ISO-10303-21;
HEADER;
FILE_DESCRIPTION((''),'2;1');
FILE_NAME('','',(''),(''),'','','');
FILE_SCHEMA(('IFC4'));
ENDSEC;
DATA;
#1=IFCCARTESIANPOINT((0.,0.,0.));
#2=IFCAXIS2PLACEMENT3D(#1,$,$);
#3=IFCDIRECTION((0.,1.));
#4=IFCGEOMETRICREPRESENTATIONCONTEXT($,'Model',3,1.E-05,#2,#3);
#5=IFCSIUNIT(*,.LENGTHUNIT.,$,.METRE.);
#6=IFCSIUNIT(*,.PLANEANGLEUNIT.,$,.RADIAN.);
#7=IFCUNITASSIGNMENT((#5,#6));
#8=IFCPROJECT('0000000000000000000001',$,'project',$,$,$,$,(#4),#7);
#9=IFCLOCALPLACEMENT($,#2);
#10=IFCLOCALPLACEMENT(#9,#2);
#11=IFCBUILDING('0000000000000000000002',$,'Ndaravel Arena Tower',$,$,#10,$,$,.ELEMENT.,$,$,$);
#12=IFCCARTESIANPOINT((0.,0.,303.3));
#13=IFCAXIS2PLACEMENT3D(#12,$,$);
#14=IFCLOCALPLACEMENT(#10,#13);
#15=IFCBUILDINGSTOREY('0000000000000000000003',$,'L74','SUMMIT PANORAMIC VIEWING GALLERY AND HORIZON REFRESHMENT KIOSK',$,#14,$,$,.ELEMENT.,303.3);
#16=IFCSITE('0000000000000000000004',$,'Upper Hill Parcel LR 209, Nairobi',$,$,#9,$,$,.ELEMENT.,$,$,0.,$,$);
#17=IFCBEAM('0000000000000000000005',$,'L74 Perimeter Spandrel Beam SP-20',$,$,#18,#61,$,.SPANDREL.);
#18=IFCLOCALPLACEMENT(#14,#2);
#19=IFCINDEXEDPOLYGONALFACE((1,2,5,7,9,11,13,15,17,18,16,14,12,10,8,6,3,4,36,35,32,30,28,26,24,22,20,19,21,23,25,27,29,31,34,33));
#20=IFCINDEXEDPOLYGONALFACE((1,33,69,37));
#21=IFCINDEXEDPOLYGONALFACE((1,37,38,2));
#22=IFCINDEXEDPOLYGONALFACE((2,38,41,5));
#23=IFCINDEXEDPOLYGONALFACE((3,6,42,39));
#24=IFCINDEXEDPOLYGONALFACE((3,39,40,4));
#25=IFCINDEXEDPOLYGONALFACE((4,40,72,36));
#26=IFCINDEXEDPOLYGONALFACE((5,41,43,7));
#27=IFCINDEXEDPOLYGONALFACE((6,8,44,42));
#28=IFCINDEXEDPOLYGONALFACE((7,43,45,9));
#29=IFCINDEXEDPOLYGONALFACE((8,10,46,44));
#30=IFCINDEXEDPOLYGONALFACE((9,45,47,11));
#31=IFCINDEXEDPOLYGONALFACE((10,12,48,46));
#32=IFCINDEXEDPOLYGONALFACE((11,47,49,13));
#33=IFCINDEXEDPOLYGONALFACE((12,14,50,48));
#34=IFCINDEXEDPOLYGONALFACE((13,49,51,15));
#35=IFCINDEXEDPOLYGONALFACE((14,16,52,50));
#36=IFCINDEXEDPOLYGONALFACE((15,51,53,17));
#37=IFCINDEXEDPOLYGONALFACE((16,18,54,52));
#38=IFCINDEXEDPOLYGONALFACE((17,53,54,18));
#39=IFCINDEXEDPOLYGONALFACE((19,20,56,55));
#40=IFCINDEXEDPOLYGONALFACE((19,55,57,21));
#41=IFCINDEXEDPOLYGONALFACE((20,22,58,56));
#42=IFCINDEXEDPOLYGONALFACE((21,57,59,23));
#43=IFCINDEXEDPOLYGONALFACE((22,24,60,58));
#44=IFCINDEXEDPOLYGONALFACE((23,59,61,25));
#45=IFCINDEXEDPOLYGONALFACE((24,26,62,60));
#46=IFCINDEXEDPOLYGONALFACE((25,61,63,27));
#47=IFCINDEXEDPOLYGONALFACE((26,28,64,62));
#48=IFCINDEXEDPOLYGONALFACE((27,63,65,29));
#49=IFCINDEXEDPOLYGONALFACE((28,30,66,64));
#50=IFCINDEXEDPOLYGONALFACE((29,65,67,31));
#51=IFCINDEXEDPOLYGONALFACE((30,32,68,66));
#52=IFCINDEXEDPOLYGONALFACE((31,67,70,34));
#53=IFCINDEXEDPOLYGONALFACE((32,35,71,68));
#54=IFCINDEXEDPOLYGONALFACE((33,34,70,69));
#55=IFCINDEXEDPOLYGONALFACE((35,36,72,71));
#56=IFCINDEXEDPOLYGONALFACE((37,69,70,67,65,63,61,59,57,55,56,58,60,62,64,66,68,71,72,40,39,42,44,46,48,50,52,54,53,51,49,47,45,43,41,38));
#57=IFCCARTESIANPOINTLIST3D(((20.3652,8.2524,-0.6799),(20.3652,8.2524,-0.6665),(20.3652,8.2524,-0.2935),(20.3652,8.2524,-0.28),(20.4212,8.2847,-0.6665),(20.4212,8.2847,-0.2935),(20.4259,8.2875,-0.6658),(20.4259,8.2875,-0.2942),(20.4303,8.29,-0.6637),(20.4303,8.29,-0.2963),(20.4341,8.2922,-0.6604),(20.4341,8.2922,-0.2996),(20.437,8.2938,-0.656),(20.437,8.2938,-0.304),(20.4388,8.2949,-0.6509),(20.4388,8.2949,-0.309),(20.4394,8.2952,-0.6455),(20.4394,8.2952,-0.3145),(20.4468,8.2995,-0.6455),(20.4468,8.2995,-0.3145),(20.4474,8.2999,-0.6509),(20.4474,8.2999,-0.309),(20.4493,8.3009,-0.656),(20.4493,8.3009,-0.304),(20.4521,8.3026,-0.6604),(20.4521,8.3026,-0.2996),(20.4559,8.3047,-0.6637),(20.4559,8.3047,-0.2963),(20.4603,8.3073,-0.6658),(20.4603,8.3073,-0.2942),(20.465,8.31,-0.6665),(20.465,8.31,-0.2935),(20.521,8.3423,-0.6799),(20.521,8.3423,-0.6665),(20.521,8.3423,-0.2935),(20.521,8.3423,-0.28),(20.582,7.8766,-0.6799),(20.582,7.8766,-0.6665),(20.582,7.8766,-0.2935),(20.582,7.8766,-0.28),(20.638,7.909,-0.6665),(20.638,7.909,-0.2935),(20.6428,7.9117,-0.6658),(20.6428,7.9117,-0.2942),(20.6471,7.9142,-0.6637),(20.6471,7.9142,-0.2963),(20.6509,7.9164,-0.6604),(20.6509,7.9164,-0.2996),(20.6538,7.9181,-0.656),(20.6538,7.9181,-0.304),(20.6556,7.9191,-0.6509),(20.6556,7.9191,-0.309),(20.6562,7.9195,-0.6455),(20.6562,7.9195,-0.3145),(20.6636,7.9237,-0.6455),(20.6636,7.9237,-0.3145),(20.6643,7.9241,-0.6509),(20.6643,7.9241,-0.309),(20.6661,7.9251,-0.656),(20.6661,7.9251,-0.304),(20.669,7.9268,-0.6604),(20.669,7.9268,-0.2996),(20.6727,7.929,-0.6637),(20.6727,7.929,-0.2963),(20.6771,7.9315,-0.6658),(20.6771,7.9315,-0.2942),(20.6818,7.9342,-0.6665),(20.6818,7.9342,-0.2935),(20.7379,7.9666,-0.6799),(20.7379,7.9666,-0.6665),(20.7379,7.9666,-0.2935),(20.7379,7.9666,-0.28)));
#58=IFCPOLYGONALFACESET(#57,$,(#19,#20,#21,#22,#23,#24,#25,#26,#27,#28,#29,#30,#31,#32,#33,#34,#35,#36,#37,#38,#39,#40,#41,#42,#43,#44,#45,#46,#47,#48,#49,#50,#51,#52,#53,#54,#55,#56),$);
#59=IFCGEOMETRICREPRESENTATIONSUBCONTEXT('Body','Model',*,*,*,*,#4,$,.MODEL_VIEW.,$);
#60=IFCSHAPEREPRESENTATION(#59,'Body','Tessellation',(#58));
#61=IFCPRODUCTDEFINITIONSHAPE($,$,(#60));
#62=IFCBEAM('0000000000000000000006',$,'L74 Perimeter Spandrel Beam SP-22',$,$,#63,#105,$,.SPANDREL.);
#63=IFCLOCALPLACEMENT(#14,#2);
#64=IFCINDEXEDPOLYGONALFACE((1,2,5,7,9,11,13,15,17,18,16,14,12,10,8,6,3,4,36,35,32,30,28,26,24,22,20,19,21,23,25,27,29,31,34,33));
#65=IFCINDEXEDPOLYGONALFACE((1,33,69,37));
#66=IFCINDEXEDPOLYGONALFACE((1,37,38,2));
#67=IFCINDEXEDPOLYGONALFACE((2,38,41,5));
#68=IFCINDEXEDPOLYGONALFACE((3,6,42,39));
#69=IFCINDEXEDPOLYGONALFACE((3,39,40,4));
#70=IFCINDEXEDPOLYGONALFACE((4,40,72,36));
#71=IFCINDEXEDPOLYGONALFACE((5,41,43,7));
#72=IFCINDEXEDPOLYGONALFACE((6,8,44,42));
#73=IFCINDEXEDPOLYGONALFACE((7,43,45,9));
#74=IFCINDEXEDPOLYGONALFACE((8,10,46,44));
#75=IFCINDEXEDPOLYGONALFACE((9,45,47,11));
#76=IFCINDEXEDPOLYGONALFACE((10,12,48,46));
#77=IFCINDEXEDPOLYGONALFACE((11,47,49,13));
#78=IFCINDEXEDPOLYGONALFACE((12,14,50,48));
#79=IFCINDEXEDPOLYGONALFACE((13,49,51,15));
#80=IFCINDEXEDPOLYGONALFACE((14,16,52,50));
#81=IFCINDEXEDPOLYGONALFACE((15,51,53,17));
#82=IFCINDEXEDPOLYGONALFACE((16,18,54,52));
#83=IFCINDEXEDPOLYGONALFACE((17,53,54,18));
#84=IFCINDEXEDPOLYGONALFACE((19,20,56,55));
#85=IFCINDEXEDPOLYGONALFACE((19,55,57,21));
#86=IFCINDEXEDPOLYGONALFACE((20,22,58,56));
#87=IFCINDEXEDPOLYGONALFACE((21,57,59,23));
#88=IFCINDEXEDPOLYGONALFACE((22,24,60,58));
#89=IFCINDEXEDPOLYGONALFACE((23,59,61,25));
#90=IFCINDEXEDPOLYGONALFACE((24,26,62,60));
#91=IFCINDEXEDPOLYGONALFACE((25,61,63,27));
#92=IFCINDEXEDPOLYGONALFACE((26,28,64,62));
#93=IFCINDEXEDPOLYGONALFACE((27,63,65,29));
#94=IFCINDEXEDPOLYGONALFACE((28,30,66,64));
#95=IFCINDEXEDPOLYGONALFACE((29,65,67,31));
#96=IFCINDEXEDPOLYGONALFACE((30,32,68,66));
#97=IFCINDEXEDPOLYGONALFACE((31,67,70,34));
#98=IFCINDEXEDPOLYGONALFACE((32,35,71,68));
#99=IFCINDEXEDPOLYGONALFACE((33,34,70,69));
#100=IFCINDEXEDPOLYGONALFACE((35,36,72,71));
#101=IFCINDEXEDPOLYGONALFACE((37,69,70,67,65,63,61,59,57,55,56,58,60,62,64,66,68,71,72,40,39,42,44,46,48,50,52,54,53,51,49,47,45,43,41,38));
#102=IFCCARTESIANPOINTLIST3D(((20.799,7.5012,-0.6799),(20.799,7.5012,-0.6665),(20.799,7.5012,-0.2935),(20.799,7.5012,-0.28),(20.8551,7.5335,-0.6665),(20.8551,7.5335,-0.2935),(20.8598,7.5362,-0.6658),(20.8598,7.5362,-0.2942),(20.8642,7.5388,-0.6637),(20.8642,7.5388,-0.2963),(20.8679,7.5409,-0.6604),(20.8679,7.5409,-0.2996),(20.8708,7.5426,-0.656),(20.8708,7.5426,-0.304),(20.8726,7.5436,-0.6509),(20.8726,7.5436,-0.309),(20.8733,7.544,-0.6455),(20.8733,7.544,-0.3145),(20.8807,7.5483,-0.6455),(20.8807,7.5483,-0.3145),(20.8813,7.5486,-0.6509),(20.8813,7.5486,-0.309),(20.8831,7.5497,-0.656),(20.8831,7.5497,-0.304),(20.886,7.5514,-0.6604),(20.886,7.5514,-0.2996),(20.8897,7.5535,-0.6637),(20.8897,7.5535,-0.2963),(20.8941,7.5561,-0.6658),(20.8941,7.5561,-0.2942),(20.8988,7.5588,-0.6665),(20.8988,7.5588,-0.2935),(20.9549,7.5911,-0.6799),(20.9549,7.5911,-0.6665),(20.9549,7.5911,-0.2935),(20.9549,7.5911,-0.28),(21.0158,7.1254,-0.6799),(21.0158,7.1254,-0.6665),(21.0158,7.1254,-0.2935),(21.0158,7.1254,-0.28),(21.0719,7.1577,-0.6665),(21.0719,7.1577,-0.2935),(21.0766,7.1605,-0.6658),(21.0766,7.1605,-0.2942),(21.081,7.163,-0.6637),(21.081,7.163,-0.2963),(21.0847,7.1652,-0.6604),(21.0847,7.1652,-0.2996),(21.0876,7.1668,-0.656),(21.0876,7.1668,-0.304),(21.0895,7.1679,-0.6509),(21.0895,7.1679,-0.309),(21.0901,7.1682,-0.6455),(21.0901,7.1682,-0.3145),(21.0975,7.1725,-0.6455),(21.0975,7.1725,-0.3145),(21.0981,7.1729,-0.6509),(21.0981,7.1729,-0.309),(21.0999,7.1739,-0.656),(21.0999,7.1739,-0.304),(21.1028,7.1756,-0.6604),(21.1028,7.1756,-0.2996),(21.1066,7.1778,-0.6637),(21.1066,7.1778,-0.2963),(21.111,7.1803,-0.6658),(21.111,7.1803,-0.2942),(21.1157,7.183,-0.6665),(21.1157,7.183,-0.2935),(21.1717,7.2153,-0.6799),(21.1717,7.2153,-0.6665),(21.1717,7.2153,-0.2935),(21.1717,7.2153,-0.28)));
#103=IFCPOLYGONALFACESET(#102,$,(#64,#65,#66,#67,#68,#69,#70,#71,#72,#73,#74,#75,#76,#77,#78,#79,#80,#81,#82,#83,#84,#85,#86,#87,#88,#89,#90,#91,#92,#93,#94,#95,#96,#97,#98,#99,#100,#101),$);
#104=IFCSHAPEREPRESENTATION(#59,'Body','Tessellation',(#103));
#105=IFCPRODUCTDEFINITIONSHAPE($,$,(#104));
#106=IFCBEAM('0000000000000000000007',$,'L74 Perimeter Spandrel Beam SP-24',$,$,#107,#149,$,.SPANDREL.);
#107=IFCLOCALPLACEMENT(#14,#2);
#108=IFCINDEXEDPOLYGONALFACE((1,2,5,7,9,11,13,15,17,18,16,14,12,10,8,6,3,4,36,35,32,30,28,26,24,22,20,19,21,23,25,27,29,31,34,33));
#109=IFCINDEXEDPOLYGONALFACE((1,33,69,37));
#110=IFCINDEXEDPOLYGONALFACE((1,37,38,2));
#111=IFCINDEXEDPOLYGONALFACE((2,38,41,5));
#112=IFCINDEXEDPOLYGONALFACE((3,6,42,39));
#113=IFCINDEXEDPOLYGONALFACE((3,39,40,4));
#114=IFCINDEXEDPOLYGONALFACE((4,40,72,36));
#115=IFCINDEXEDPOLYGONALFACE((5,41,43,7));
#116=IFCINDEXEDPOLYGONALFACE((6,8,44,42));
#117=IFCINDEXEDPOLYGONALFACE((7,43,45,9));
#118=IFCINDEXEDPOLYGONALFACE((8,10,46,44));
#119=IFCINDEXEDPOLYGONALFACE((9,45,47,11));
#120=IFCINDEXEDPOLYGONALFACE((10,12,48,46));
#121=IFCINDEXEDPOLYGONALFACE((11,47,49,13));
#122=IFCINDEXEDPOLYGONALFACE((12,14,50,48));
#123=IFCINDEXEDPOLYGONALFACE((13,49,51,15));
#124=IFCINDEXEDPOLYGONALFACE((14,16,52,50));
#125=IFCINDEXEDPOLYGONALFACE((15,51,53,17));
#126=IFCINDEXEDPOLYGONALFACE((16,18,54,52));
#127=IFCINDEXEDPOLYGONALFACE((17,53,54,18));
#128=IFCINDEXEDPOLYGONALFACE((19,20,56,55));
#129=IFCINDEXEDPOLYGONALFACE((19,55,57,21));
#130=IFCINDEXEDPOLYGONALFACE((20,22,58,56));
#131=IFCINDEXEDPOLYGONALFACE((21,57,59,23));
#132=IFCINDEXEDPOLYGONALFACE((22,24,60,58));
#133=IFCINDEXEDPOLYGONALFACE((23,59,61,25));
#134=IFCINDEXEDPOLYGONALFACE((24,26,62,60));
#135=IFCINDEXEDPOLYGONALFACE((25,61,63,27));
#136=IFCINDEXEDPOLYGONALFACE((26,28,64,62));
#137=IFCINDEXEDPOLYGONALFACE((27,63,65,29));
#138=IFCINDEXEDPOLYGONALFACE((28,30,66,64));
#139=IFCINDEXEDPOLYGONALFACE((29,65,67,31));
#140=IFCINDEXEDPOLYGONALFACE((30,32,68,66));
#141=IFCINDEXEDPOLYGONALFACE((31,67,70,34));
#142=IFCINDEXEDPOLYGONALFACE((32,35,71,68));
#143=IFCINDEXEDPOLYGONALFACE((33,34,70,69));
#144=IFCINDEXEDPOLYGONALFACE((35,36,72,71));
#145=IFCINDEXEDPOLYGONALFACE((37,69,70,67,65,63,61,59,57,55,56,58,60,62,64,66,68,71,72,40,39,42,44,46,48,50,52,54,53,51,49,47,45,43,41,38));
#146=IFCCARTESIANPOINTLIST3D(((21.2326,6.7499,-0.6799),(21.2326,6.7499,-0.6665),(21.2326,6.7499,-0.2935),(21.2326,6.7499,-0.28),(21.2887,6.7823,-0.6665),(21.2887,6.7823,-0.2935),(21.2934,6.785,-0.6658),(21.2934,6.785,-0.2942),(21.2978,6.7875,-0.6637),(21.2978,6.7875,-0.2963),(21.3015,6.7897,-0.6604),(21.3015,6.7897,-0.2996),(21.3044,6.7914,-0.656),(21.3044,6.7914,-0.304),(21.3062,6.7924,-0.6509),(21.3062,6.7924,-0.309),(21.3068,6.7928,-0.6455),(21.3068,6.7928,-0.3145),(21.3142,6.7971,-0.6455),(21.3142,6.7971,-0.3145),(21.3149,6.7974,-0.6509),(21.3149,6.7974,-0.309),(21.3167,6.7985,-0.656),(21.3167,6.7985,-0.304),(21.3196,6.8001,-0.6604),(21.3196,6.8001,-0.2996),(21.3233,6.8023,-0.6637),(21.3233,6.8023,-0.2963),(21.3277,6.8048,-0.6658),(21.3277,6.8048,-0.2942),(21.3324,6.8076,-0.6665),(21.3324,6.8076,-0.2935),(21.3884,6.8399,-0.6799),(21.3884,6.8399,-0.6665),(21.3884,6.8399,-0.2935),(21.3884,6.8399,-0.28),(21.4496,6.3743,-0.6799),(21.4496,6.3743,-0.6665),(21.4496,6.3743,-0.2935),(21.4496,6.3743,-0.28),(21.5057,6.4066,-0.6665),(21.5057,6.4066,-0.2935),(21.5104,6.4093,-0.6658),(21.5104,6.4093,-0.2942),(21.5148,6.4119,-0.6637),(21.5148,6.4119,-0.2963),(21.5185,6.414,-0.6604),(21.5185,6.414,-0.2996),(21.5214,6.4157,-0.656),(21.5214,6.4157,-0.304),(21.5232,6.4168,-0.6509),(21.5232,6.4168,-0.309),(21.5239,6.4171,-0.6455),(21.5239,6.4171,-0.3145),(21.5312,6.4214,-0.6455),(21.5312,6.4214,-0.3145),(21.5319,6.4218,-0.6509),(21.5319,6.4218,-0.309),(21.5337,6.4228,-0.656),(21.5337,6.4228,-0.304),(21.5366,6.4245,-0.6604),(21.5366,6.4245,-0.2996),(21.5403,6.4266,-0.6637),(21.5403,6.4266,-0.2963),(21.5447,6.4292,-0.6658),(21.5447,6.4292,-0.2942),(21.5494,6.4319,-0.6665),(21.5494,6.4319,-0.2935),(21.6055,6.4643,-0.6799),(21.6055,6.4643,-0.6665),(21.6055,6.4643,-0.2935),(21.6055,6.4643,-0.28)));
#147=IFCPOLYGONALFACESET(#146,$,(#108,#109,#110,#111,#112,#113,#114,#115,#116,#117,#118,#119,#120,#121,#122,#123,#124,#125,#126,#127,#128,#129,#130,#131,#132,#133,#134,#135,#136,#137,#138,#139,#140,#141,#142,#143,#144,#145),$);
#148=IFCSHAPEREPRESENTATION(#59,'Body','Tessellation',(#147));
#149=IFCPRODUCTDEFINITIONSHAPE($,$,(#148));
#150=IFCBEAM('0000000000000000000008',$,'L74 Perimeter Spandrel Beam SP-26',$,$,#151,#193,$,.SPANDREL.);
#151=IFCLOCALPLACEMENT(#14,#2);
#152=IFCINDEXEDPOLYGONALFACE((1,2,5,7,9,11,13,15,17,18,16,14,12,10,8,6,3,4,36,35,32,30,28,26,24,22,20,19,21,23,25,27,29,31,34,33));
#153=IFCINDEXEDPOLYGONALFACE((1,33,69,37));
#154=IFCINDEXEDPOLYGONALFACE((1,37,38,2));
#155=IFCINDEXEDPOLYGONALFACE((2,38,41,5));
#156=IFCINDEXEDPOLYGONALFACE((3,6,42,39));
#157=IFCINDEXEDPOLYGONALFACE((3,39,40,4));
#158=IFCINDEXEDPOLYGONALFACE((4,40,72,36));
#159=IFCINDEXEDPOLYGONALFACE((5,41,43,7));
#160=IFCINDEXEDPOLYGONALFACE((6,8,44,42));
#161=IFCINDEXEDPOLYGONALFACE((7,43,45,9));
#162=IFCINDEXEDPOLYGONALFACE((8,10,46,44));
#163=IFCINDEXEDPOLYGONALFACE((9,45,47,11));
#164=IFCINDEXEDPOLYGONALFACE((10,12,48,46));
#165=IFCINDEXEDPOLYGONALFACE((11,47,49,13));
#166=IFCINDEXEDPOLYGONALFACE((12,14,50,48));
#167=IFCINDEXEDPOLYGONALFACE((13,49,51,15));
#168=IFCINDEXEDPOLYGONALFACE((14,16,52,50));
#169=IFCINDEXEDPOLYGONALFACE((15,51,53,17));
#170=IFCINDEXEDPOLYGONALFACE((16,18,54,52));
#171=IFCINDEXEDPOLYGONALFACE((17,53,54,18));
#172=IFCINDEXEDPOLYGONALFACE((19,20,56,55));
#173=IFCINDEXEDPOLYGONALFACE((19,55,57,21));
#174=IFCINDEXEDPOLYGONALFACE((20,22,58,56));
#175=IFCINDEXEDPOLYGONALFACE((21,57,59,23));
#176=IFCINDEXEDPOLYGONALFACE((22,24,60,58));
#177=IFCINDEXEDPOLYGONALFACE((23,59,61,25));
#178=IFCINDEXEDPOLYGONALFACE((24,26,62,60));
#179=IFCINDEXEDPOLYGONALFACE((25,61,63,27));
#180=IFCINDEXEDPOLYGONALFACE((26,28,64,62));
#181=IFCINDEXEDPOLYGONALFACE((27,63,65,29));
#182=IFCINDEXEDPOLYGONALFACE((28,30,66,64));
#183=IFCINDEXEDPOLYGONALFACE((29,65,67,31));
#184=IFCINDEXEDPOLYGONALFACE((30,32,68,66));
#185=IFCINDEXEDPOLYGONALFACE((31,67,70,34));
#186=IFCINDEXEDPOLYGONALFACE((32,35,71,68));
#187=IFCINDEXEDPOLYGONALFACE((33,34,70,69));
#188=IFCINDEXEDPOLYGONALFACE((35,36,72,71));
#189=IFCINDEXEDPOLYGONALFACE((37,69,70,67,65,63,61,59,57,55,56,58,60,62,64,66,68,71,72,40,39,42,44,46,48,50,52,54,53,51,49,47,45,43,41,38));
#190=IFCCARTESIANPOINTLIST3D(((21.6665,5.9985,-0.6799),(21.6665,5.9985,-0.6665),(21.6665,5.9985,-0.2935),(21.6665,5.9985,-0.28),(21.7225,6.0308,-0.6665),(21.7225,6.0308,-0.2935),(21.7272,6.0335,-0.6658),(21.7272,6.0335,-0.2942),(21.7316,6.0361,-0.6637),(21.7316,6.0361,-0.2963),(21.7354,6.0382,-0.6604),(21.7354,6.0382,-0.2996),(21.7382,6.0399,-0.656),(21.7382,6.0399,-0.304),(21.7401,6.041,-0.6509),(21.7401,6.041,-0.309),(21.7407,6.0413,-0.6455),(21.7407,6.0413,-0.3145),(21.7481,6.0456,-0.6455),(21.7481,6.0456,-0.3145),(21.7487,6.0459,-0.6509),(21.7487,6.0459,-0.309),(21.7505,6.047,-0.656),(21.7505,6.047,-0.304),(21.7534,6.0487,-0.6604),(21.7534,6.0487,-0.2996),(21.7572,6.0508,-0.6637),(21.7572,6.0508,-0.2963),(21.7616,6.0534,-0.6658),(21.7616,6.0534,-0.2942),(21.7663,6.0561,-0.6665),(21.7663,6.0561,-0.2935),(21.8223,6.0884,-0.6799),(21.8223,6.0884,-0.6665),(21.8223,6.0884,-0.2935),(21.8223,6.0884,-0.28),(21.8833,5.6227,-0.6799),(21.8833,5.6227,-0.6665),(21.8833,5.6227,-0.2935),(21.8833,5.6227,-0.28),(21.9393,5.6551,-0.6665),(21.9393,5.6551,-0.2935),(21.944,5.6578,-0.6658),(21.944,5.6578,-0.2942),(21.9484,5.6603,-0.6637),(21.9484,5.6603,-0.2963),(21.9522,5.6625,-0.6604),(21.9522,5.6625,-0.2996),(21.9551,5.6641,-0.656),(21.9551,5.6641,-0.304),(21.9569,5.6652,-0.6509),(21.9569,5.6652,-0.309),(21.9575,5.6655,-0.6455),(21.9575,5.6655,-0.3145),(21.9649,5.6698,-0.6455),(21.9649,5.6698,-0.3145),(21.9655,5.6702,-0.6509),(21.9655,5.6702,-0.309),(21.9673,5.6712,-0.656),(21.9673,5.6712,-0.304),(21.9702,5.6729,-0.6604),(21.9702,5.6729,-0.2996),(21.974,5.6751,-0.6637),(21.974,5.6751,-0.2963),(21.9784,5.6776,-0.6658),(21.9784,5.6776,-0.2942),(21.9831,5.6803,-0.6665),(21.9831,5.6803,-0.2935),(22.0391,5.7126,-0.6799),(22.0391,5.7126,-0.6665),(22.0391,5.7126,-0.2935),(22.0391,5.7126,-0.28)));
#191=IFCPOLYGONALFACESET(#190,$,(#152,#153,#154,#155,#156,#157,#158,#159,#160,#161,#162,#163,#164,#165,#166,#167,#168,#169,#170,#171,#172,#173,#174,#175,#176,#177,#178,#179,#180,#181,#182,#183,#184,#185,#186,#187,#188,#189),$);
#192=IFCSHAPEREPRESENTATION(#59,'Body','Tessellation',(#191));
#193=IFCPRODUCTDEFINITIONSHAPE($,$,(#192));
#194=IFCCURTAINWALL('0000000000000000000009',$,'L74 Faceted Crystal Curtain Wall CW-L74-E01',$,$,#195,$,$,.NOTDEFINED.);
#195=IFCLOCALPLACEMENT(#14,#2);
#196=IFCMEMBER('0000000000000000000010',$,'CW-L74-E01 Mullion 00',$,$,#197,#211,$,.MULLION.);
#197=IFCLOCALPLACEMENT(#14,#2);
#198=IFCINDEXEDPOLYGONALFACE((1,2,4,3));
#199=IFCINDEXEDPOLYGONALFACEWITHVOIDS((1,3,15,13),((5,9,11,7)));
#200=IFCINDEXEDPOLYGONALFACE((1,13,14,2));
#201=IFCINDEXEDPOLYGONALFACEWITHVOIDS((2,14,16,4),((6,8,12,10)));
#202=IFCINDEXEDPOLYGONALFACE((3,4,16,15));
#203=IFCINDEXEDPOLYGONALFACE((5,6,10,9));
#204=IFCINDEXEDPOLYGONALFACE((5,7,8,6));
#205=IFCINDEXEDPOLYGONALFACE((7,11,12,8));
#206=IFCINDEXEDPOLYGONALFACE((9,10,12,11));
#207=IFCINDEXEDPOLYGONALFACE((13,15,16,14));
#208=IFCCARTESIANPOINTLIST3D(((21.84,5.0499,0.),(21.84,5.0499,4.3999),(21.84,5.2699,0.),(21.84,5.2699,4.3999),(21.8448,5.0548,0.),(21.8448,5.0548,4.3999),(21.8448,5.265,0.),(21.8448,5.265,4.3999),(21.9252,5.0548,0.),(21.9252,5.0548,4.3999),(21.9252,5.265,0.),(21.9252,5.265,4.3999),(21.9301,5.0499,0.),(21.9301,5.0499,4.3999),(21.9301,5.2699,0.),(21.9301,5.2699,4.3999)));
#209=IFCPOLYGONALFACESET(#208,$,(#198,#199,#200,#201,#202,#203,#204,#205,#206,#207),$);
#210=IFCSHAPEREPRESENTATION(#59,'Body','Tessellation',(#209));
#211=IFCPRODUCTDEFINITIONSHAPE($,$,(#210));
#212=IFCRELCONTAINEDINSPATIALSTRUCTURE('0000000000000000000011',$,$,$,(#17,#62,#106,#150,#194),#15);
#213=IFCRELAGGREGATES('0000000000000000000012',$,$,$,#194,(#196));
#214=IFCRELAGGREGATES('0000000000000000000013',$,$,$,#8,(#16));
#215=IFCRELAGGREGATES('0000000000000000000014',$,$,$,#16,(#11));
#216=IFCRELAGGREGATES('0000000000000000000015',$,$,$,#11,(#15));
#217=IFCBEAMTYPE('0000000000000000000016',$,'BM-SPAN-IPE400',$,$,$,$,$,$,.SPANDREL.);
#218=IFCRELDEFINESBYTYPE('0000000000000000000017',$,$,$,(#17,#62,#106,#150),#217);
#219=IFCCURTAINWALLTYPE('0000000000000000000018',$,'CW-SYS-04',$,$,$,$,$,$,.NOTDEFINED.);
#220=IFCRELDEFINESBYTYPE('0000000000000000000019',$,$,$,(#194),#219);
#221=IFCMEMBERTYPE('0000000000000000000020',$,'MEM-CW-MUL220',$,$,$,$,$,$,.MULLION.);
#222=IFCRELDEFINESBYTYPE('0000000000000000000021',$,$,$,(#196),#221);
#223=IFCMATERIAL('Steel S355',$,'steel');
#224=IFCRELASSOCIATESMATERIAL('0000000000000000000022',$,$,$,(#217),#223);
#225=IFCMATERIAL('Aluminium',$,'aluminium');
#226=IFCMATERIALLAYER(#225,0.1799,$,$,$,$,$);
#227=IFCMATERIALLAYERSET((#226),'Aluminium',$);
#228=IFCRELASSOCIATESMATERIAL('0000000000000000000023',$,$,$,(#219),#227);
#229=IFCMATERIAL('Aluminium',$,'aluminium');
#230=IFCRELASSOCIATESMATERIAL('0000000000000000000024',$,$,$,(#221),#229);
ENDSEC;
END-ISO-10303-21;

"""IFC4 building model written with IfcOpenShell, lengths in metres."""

from ifc_helpers import new_model, si_unit, direction, frame, origin, origin_2d, place, context, subcontext, project, spatial, hollow_rectangle, i_section, extrude, material, layer, layer_set, material_profile, profile_set, type_object, element, aggregate, save


model = new_model("IFC4")

# Units and contexts
model_context = context("Model", 3, precision=1e-05, world=origin(), true_north=direction((0.0, 1.0)))
body_context = subcontext(model_context, "Body", "Model", "MODEL_VIEW")
ifc_project = project(units=[si_unit("LENGTHUNIT", "METRE"), si_unit("PLANEANGLEUNIT", "RADIAN")], contexts=[model_context])

# Site, building, storey
site_placement = place(None, origin())
site = spatial("IfcSite", under=ifc_project, at=site_placement, Name="Upper Hill Parcel LR 209, Nairobi", CompositionType="ELEMENT", RefElevation=0.0)
building_placement = place(site_placement, origin())
building = spatial("IfcBuilding", under=site, at=building_placement, Name="Ndaravel Arena Tower", CompositionType="ELEMENT")
storey_placement = place(building_placement, frame((0.0, 0.0, 303.3)))
storey = spatial("IfcBuildingStorey", under=building, at=storey_placement, Name="L74", Description="SUMMIT PANORAMIC VIEWING GALLERY AND HORIZON REFRESHMENT KIOSK", CompositionType="ELEMENT", Elevation=303.3)

# Beams
ifc_material_1 = material(Name="Steel S355", Category="steel")
ifc_material_profile_1 = material_profile(ifc_material_1, i_section(OverallWidth=0.1799, OverallDepth=0.3999, WebThickness=0.0085, FlangeThickness=0.0134, FilletRadius=0.021, at=origin_2d()), Name="IPE 400")
ifc_profile_set_1 = profile_set([ifc_material_profile_1], Name="Steel S355")
beam_type = type_object("IfcBeamType", Name="BM-SPAN-IPE400", PredefinedType="SPANDREL", material=ifc_profile_set_1)
for number, where, z_axis, x_axis, name in (
    (1, (20.4431, 8.2974, -0.48), (0.499771, -0.866157, 0.0), (0.866157, 0.499771, 0.0), "L74 Perimeter Spandrel Beam SP-20"),
    (2, (20.877, 7.5461, -0.48), (0.499771, -0.866157, 0.0), (0.866157, 0.499771, 0.0), "L74 Perimeter Spandrel Beam SP-22"),
    (3, (21.3105, 6.7949, -0.48), (0.500193, -0.865914, 0.0), (0.865914, 0.500193, 0.0), "L74 Perimeter Spandrel Beam SP-24"),
    (4, (21.7444, 6.0435, -0.48), (0.499771, -0.866157, 0.0), (0.866157, 0.499771, 0.0), "L74 Perimeter Spandrel Beam SP-26"),
):
    element("IfcBeam", number, at=place(storey_placement, frame(where, z_axis=z_axis, x_axis=x_axis)), inside=storey, type_object=beam_type, Name=name, PredefinedType="SPANDREL", context=body_context, shape_type="SweptSolid", body=[
        extrude(i_section(OverallWidth=0.1799, OverallDepth=0.3999, WebThickness=0.0085, FlangeThickness=0.0134, FilletRadius=0.021, at=origin_2d()), origin(), (0.0, 0.0, 1.0), 0.4338),
    ])

# Curtain wall, member
ifc_material_2 = material(Name="Aluminium", Category="aluminium")
ifc_layer_1 = layer(ifc_material_2, 0.1799)
ifc_layer_set_1 = layer_set([ifc_layer_1], Name="Aluminium")
curtain_wall_type = type_object("IfcCurtainWallType", Name="CW-SYS-04", PredefinedType="NOTDEFINED", material=ifc_layer_set_1)
curtain_wall_1_placement = place(storey_placement, origin())
curtain_wall_1 = element("IfcCurtainWall", 5, at=curtain_wall_1_placement, inside=storey, type_object=curtain_wall_type, Name="L74 Faceted Crystal Curtain Wall CW-L74-E01", PredefinedType="NOTDEFINED")
ifc_material_3 = material(Name="Aluminium", Category="aluminium")
ifc_material_profile_2 = material_profile(ifc_material_3, hollow_rectangle(XDim=0.0901, YDim=0.22, WallThickness=0.0049, at=origin_2d()), Name="CW MULLION 90x220x5")
ifc_profile_set_2 = profile_set([ifc_material_profile_2], Name="Aluminium")
member_type_1 = type_object("IfcMemberType", Name="MEM-CW-MUL220", PredefinedType="MULLION", material=ifc_profile_set_2)
member_1_placement = place(storey_placement, frame((21.885, 5.1599, 0.0), z_axis=(0.0, 0.0, 1.0), x_axis=(1.0, 0.0, 0.0)))
member_1 = element("IfcMember", 6, at=member_1_placement, type_object=member_type_1, Name="CW-L74-E01 Mullion 00", PredefinedType="MULLION", context=body_context, shape_type="SweptSolid", body=[
    extrude(hollow_rectangle(XDim=0.0901, YDim=0.22, WallThickness=0.0049, at=origin_2d()), origin(), (0.0, 0.0, 1.0), 4.3999),
])

aggregate(curtain_wall_1, [member_1])

save(model, "model.ifc")
